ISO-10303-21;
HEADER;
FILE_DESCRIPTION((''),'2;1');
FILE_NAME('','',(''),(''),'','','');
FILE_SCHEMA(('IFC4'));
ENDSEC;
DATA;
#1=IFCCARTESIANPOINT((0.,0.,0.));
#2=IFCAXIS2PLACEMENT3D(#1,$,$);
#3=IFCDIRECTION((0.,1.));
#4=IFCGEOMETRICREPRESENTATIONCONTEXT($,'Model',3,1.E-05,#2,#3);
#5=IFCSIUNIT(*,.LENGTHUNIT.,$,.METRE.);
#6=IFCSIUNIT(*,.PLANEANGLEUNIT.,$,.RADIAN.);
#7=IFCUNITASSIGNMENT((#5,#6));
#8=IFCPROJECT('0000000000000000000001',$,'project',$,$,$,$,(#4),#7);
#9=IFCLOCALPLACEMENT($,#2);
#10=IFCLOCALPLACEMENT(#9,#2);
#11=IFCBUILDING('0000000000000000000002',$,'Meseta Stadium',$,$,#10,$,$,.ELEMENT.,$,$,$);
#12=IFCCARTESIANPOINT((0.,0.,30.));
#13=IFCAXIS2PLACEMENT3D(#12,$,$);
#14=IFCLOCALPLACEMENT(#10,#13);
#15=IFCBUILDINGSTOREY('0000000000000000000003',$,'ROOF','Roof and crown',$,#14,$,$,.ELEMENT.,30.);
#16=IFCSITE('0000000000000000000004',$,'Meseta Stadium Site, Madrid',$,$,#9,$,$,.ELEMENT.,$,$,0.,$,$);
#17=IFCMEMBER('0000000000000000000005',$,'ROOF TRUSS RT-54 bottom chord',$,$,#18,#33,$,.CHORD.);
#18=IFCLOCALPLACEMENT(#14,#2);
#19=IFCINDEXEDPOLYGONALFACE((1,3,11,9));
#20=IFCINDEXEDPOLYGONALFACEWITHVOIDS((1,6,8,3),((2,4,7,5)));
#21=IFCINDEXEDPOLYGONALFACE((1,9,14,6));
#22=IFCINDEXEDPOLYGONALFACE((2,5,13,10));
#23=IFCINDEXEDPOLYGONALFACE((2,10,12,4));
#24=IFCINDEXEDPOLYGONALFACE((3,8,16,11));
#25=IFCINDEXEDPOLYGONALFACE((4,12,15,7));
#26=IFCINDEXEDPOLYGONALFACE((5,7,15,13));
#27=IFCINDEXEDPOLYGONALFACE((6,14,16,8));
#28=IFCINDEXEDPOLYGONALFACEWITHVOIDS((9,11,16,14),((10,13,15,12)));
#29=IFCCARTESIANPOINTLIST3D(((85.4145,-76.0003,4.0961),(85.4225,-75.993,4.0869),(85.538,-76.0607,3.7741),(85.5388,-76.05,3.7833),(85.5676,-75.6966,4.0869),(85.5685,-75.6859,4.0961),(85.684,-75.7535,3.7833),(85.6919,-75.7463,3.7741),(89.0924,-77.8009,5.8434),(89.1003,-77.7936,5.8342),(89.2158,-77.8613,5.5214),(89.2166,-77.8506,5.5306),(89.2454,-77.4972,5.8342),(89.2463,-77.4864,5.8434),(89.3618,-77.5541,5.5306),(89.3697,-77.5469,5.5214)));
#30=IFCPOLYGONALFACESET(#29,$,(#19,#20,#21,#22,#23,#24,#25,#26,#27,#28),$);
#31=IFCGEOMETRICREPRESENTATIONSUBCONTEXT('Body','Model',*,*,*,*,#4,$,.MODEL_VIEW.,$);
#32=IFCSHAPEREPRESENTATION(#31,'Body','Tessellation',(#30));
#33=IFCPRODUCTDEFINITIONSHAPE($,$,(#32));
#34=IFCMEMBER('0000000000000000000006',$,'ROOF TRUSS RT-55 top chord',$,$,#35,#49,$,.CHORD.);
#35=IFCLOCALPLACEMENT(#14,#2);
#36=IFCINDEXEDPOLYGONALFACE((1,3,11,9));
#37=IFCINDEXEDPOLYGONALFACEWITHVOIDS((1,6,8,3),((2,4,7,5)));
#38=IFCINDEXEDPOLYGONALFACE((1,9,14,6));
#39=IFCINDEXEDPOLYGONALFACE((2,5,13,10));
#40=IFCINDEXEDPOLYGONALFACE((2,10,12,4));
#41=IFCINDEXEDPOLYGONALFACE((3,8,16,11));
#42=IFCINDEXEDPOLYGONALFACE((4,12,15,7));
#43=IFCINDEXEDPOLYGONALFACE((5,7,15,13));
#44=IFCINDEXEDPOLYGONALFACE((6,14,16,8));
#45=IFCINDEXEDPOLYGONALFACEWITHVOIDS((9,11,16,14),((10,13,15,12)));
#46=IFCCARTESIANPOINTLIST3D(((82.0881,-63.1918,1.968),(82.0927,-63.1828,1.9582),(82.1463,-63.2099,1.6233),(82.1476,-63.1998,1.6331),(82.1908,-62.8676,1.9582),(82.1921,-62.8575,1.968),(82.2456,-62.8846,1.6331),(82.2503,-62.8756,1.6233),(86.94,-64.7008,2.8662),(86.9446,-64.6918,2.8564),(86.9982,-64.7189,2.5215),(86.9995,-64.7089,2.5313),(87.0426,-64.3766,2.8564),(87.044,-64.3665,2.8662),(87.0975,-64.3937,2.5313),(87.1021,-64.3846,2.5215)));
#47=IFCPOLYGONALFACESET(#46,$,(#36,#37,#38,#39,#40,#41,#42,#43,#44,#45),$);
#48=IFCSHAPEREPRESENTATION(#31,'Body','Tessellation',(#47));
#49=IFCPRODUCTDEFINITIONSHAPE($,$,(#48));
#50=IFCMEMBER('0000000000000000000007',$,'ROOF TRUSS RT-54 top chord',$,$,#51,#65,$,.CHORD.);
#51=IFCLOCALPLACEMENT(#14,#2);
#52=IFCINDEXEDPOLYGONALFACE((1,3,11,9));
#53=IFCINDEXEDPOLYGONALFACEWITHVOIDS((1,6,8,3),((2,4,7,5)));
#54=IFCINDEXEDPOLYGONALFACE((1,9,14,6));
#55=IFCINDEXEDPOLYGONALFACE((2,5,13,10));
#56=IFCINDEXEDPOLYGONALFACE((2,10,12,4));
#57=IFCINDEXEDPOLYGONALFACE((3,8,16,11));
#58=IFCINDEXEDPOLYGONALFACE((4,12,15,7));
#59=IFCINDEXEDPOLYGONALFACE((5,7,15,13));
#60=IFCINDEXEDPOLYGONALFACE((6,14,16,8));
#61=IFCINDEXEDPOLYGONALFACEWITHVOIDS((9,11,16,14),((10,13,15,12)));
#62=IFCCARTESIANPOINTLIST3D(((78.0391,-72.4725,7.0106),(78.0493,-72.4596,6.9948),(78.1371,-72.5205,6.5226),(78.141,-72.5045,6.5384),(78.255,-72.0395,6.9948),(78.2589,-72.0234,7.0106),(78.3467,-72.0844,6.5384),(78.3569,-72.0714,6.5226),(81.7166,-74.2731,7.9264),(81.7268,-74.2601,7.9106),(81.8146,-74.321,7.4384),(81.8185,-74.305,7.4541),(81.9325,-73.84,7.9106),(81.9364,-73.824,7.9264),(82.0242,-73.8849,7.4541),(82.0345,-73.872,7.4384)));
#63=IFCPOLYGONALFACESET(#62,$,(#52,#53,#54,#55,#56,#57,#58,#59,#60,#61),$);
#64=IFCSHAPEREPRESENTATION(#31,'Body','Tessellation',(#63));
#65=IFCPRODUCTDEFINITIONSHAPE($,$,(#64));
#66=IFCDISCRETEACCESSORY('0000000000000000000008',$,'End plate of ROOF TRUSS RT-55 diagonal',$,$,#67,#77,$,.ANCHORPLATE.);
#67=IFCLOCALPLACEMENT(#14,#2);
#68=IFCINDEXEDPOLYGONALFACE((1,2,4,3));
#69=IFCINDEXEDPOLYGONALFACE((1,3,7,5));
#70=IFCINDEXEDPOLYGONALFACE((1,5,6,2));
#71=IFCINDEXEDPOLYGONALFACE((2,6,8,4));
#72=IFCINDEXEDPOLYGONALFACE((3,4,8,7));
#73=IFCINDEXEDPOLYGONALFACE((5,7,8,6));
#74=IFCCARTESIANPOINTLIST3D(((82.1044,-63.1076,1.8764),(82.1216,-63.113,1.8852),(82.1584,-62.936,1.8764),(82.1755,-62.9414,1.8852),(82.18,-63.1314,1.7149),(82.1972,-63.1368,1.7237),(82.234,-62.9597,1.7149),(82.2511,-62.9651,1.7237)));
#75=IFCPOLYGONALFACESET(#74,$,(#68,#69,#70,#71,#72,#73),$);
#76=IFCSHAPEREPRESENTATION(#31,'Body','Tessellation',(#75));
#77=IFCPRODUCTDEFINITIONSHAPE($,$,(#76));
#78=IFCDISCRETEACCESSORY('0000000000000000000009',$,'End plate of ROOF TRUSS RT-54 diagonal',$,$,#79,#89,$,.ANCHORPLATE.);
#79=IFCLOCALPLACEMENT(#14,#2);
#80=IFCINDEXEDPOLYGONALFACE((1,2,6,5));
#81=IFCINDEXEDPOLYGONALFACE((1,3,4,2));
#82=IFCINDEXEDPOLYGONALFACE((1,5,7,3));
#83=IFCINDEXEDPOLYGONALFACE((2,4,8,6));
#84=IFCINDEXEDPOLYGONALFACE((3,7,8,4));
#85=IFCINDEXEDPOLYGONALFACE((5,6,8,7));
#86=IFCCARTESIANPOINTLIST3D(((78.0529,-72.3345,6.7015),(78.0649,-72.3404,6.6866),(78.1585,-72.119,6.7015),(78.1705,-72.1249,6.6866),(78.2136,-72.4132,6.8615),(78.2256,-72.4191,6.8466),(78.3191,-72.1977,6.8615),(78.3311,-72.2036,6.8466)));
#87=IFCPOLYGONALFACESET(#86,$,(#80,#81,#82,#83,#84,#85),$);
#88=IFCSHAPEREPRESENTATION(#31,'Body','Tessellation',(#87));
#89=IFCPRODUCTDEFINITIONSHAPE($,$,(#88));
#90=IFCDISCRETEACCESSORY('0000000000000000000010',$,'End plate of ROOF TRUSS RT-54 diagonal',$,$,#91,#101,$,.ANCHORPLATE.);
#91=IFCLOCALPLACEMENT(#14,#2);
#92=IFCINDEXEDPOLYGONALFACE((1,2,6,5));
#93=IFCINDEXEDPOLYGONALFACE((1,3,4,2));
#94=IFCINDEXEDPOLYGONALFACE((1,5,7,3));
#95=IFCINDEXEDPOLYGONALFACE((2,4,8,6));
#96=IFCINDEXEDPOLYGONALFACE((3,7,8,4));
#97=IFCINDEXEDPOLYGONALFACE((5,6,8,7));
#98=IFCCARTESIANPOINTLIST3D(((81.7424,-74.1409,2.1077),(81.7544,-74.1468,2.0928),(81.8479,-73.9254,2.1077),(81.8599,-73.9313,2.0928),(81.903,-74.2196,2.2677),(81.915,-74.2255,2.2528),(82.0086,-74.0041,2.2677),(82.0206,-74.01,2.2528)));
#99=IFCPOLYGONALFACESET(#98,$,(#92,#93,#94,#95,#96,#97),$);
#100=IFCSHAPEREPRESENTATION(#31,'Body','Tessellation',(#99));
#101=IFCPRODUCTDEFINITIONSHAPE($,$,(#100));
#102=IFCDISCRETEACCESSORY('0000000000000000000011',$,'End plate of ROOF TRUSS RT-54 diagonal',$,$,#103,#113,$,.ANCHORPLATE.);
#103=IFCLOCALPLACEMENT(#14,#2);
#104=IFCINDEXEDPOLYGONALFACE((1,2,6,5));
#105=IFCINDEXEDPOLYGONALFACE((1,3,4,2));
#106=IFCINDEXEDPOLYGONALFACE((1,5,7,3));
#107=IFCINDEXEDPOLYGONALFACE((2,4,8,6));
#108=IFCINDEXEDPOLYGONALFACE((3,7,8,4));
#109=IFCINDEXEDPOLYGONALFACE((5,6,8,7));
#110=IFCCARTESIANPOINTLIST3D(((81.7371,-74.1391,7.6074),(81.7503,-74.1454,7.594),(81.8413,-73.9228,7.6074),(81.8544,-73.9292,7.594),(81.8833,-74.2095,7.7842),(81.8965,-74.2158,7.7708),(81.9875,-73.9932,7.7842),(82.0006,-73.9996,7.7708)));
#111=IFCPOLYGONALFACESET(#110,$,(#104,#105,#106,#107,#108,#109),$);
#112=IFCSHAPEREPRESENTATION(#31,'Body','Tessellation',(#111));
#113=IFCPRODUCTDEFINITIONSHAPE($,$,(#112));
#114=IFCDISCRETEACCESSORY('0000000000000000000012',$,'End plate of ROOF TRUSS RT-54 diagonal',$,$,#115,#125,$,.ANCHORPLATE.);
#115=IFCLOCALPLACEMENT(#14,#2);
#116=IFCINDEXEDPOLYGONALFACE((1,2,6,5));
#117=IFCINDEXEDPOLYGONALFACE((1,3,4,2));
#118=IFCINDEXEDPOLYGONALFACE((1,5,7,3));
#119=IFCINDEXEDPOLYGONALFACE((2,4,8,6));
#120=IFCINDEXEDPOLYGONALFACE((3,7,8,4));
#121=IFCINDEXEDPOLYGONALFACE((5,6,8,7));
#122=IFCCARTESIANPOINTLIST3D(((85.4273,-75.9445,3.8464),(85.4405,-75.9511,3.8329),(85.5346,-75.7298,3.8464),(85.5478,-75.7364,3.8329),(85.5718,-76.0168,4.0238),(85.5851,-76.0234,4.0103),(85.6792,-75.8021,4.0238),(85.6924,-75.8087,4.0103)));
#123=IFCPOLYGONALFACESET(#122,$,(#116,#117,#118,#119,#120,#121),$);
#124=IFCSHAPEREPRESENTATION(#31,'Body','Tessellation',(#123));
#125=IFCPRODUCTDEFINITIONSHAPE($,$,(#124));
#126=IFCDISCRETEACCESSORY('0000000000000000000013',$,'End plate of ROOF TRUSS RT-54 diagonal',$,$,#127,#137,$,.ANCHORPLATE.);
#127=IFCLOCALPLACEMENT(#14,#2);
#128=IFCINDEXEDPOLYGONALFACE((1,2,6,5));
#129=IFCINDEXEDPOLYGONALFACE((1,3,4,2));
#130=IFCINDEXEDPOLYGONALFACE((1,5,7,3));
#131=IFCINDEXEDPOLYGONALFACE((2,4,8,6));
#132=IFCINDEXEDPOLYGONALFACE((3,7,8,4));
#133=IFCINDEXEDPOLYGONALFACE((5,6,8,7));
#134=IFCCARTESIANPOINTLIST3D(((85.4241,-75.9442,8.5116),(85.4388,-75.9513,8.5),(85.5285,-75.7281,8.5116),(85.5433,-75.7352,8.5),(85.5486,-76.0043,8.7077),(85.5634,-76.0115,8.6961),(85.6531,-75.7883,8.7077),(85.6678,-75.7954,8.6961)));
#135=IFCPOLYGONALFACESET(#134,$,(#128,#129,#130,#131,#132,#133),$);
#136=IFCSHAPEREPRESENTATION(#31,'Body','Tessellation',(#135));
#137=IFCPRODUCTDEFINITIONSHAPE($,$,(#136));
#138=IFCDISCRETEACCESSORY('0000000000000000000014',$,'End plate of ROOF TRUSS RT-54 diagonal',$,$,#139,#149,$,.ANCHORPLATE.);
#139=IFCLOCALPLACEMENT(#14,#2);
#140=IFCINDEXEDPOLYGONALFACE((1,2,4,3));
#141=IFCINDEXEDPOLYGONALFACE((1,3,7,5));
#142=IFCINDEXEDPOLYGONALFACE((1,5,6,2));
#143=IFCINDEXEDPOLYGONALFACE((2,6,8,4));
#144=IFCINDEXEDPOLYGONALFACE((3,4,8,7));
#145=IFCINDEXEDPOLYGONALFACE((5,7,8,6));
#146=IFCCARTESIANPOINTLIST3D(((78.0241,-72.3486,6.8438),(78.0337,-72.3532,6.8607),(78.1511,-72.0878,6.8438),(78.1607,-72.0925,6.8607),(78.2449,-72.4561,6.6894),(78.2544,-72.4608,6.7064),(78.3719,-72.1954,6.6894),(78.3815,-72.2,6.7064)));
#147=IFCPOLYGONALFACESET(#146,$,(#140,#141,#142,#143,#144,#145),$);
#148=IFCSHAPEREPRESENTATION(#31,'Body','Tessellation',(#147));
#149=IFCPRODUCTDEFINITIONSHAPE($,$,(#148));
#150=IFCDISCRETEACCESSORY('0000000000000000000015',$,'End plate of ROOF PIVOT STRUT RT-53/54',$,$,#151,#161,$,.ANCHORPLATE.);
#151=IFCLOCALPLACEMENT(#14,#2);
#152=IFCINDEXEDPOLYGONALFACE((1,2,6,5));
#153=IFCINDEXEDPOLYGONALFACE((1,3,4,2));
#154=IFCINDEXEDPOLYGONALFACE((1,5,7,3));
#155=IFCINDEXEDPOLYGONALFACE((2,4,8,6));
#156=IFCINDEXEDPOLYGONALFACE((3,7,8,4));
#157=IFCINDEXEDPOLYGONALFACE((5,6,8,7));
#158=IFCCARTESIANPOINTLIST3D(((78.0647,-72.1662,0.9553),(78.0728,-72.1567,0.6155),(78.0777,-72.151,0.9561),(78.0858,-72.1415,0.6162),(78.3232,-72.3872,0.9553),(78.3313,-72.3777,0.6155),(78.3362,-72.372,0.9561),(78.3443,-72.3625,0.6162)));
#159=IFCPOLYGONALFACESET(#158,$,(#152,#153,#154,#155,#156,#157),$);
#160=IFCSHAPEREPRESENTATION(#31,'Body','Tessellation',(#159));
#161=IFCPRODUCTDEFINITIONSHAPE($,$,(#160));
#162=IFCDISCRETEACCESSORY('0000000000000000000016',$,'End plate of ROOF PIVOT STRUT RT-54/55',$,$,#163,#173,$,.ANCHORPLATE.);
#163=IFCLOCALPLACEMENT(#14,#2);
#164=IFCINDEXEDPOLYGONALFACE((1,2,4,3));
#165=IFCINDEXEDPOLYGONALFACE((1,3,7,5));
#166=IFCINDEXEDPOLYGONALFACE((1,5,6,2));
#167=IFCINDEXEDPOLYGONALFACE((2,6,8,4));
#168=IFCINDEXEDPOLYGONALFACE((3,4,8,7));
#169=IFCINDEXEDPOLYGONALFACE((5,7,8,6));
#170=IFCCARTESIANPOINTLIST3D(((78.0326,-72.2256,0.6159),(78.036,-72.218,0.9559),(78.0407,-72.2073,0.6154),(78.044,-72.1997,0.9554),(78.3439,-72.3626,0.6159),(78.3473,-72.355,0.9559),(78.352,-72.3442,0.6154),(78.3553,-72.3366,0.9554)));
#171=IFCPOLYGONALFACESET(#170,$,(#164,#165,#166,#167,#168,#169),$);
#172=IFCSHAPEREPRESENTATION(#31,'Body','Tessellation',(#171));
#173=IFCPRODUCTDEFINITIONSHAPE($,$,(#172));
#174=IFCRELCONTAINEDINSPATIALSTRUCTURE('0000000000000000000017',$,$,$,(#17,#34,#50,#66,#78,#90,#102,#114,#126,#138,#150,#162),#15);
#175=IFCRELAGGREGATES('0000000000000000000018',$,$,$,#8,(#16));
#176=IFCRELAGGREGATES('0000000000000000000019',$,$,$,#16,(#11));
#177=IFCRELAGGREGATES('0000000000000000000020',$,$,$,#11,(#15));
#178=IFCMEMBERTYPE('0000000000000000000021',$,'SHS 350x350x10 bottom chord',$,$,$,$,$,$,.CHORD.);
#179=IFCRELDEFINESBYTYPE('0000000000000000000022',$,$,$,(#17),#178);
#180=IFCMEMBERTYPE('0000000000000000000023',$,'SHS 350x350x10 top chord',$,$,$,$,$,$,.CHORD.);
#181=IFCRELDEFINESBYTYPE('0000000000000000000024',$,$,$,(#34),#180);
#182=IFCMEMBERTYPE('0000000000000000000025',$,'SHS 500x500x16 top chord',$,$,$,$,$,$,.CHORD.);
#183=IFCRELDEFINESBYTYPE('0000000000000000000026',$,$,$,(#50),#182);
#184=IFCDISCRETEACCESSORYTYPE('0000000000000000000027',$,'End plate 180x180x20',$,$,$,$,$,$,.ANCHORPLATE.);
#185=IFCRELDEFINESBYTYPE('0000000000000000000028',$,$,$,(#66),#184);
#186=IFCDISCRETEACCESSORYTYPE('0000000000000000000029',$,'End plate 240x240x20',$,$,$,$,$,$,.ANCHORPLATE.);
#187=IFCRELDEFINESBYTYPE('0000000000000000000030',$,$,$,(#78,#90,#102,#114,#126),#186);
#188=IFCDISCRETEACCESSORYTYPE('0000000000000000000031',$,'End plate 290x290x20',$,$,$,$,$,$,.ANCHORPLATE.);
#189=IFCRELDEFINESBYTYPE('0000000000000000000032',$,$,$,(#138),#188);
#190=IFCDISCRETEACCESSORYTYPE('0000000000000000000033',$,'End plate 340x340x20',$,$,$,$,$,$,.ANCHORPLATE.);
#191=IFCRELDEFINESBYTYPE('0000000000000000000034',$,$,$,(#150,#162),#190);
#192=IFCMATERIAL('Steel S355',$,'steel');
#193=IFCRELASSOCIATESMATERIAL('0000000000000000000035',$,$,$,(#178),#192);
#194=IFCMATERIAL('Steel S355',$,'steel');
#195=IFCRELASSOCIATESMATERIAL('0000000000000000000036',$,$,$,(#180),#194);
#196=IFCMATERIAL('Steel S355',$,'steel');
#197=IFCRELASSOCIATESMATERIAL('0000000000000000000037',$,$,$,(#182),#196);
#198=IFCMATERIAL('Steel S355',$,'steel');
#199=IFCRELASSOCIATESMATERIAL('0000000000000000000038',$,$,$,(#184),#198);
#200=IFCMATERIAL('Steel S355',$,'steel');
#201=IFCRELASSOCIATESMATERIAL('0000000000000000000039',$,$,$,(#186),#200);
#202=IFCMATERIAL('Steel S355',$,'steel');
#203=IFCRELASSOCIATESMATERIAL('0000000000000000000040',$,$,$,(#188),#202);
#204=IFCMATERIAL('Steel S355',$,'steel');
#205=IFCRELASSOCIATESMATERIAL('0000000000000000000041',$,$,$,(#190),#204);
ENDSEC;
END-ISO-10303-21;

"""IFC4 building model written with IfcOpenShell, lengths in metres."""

from ifc_helpers import new_model, si_unit, direction, frame, origin, origin_2d, place, context, subcontext, project, spatial, rectangle, hollow_rectangle, extrude, material, material_profile, profile_set, type_object, element, save


model = new_model("IFC4")

# Units and contexts
model_context = context("Model", 3, precision=1e-05, world=origin(), true_north=direction((0.0, 1.0)))
body_context = subcontext(model_context, "Body", "Model", "MODEL_VIEW")
ifc_project = project(units=[si_unit("LENGTHUNIT", "METRE"), si_unit("PLANEANGLEUNIT", "RADIAN")], contexts=[model_context])

# Site, building, storey
site_placement = place(None, origin())
site = spatial("IfcSite", under=ifc_project, at=site_placement, Name="Meseta Stadium Site, Madrid", CompositionType="ELEMENT", RefElevation=0.0)
building_placement = place(site_placement, origin())
building = spatial("IfcBuilding", under=site, at=building_placement, Name="Meseta Stadium", CompositionType="ELEMENT")
storey_placement = place(building_placement, frame((0.0, 0.0, 30.0)))
storey = spatial("IfcBuildingStorey", under=building, at=storey_placement, Name="ROOF", Description="Roof and crown", CompositionType="ELEMENT", Elevation=30.0)

# Members
ifc_material_1 = material(Name="Steel S355", Category="steel")
ifc_material_profile_1 = material_profile(ifc_material_1, hollow_rectangle(XDim=0.3501, YDim=0.3501, WallThickness=0.01, at=origin_2d()), Name="SHS 350x350x10")
ifc_profile_set_1 = profile_set([ifc_material_profile_1], Name="Steel S355")
member_type_1 = type_object("IfcMemberType", Name="SHS 350x350x10 bottom chord", PredefinedType="CHORD", material=ifc_profile_set_1)
for number, where, z_axis, x_axis, name in (
    (1, (85.5532, -75.8733, 3.9351), (0.826076, -0.404429, 0.392474), (0.439709, 0.89814, 0.0), "ROOF TRUSS RT-54 bottom chord"),
):
    element("IfcMember", number, at=place(storey_placement, frame(where, z_axis=z_axis, x_axis=x_axis)), inside=storey, type_object=member_type_1, Name=name, PredefinedType="CHORD", context=body_context, shape_type="SweptSolid", body=[
        extrude(hollow_rectangle(XDim=0.3501, YDim=0.3501, WallThickness=0.01, at=origin_2d()), origin(), (0.0, 0.0, 1.0), 4.4521),
    ])
ifc_material_2 = material(Name="Steel S355", Category="steel")
ifc_material_profile_2 = material_profile(ifc_material_2, hollow_rectangle(XDim=0.3501, YDim=0.3501, WallThickness=0.01, at=origin_2d()), Name="SHS 350x350x10")
ifc_profile_set_2 = profile_set([ifc_material_profile_2], Name="Steel S355")
member_type_2 = type_object("IfcMemberType", Name="SHS 350x350x10 top chord", PredefinedType="CHORD", material=ifc_profile_set_2)
member_1_placement = place(storey_placement, frame((82.1692, -63.0337, 1.7957), z_axis=(0.940302, -0.292457, 0.174074), x_axis=(0.296992, 0.95488, 0.0)))
element("IfcMember", 2, at=member_1_placement, inside=storey, type_object=member_type_2, Name="ROOF TRUSS RT-55 top chord", PredefinedType="CHORD", context=body_context, shape_type="SweptSolid", body=[
    extrude(hollow_rectangle(XDim=0.3501, YDim=0.3501, WallThickness=0.01, at=origin_2d()), origin(), (0.0, 0.0, 1.0), 5.1599),
])
ifc_material_3 = material(Name="Steel S355", Category="steel")
ifc_material_profile_3 = material_profile(ifc_material_3, hollow_rectangle(XDim=0.5, YDim=0.5, WallThickness=0.0161, at=origin_2d()), Name="SHS 500x500x16")
ifc_profile_set_3 = profile_set([ifc_material_profile_3], Name="Steel S355")
member_type_3 = type_object("IfcMemberType", Name="SHS 500x500x16 top chord", PredefinedType="CHORD", material=ifc_profile_set_3)
member_2_placement = place(storey_placement, frame((78.198, -72.272, 6.7666), z_axis=(0.876475, -0.429131, 0.218261), x_axis=(0.439733, 0.898129, 0.0)))
element("IfcMember", 3, at=member_2_placement, inside=storey, type_object=member_type_3, Name="ROOF TRUSS RT-54 top chord", PredefinedType="CHORD", context=body_context, shape_type="SweptSolid", body=[
    extrude(hollow_rectangle(XDim=0.5, YDim=0.5, WallThickness=0.0161, at=origin_2d()), origin(), (0.0, 0.0, 1.0), 4.1958),
])

# Discrete accessories
ifc_material_4 = material(Name="Steel S355", Category="steel")
ifc_material_profile_4 = material_profile(ifc_material_4, rectangle(XDim=0.1799, YDim=0.1799, at=origin_2d()), Name="PL 180x180")
ifc_profile_set_4 = profile_set([ifc_material_profile_4], Name="Steel S355")
discrete_accessory_type_1 = type_object("IfcDiscreteAccessoryType", Name="End plate 180x180x20", PredefinedType="ANCHORPLATE", material=ifc_profile_set_4)
discrete_accessory_1_placement = place(storey_placement, frame((82.1692, -63.0337, 1.7957), z_axis=(0.856465, -0.269175, 0.440468), x_axis=(0.299827, 0.953994, 0.0)))
element("IfcDiscreteAccessory", 4, at=discrete_accessory_1_placement, inside=storey, type_object=discrete_accessory_type_1, Name="End plate of ROOF TRUSS RT-55 diagonal", PredefinedType="ANCHORPLATE", context=body_context, shape_type="SweptSolid", body=[
    extrude(rectangle(XDim=0.1799, YDim=0.1799, at=origin_2d()), origin(), (0.0, 0.0, 1.0), 0.02),
])
ifc_material_5 = material(Name="Steel S355", Category="steel")
ifc_material_profile_5 = material_profile(ifc_material_5, rectangle(XDim=0.24, YDim=0.24, at=origin_2d()), Name="PL 240x240")
ifc_profile_set_5 = profile_set([ifc_material_profile_5], Name="Steel S355")
discrete_accessory_type_2 = type_object("IfcDiscreteAccessoryType", Name="End plate 240x240x20", PredefinedType="ANCHORPLATE", material=ifc_profile_set_5)
for number, where, z_axis, x_axis, name in (
    (5, (78.186, -72.2661, 6.7815), (0.59872, -0.29325, -0.745345), (0.439867, 0.898063, 0.0), "End plate of ROOF TRUSS RT-54 diagonal"),
    (6, (81.8755, -74.0725, 2.1877), (0.59872, -0.29325, -0.745345), (0.439867, 0.898063, 0.0), "End plate of ROOF TRUSS RT-54 diagonal"),
):
    element("IfcDiscreteAccessory", number, at=place(storey_placement, frame(where, z_axis=z_axis, x_axis=x_axis)), inside=storey, type_object=discrete_accessory_type_2, Name=name, PredefinedType="ANCHORPLATE", context=body_context, shape_type="SweptSolid", body=[
        extrude(rectangle(XDim=0.24, YDim=0.24, at=origin_2d()), origin(), (0.0, 0.0, 1.0), 0.02),
    ])
discrete_accessory_2_placement = place(storey_placement, frame((81.8623, -74.0662, 7.6958), z_axis=(0.66384, -0.319627, -0.676133), x_axis=(0.433816, 0.901002, 0.0)))
element("IfcDiscreteAccessory", 7, at=discrete_accessory_2_placement, inside=storey, type_object=discrete_accessory_type_2, Name="End plate of ROOF TRUSS RT-54 diagonal", PredefinedType="ANCHORPLATE", context=body_context, shape_type="SweptSolid", body=[
    extrude(rectangle(XDim=0.24, YDim=0.24, at=origin_2d()), origin(), (0.0, 0.0, 1.0), 0.0198),
])
for number, where, z_axis, x_axis, name in (
    (8, (85.5532, -75.8733, 3.9351), (0.661197, -0.330598, -0.673441), (0.447214, 0.894427, 0.0), "End plate of ROOF TRUSS RT-54 diagonal"),
    (9, (85.5386, -75.8662, 8.6096), (0.735767, -0.355621, -0.576351), (0.435169, 0.900349, 0.0), "End plate of ROOF TRUSS RT-54 diagonal"),
):
    element("IfcDiscreteAccessory", number, at=place(storey_placement, frame(where, z_axis=z_axis, x_axis=x_axis)), inside=storey, type_object=discrete_accessory_type_2, Name=name, PredefinedType="ANCHORPLATE", context=body_context, shape_type="SweptSolid", body=[
        extrude(rectangle(XDim=0.24, YDim=0.24, at=origin_2d()), origin(), (0.0, 0.0, 1.0), 0.02),
    ])
ifc_material_6 = material(Name="Steel S355", Category="steel")
ifc_material_profile_6 = material_profile(ifc_material_6, rectangle(XDim=0.29, YDim=0.29, at=origin_2d()), Name="PL 290x290")
ifc_profile_set_6 = profile_set([ifc_material_profile_6], Name="Steel S355")
discrete_accessory_type_3 = type_object("IfcDiscreteAccessoryType", Name="End plate 290x290x20", PredefinedType="ANCHORPLATE", material=ifc_profile_set_6)
discrete_accessory_3_placement = place(storey_placement, frame((78.198, -72.272, 6.7666), z_axis=(0.478501, -0.233116, 0.846578), x_axis=(0.437969, 0.89899, 0.0)))
element("IfcDiscreteAccessory", 10, at=discrete_accessory_3_placement, inside=storey, type_object=discrete_accessory_type_3, Name="End plate of ROOF TRUSS RT-54 diagonal", PredefinedType="ANCHORPLATE", context=body_context, shape_type="SweptSolid", body=[
    extrude(rectangle(XDim=0.29, YDim=0.29, at=origin_2d()), origin(), (0.0, 0.0, 1.0), 0.02),
])
ifc_material_7 = material(Name="Steel S355", Category="steel")
ifc_material_profile_7 = material_profile(ifc_material_7, rectangle(XDim=0.3401, YDim=0.3401, at=origin_2d()), Name="PL 340x340")
ifc_profile_set_7 = profile_set([ifc_material_profile_7], Name="Steel S355")
discrete_accessory_type_4 = type_object("IfcDiscreteAccessoryType", Name="End plate 340x340x20", PredefinedType="ANCHORPLATE", material=ifc_profile_set_7)
for number, where, z_axis, x_axis, name in (
    (11, (78.198, -72.272, 0.7854), (0.649342, 0.759608, 0.036755), (-0.760121, 0.649781, 0.0), "End plate of ROOF PIVOT STRUT RT-53/54"),
    (12, (78.1899, -72.2903, 0.7859), (0.402619, 0.915042, -0.024401), (-0.915315, 0.402739, 0.0), "End plate of ROOF PIVOT STRUT RT-54/55"),
):
    element("IfcDiscreteAccessory", number, at=place(storey_placement, frame(where, z_axis=z_axis, x_axis=x_axis)), inside=storey, type_object=discrete_accessory_type_4, Name=name, PredefinedType="ANCHORPLATE", context=body_context, shape_type="SweptSolid", body=[
        extrude(rectangle(XDim=0.3401, YDim=0.3401, at=origin_2d()), origin(), (0.0, 0.0, 1.0), 0.02),
    ])

save(model, "model.ifc")
